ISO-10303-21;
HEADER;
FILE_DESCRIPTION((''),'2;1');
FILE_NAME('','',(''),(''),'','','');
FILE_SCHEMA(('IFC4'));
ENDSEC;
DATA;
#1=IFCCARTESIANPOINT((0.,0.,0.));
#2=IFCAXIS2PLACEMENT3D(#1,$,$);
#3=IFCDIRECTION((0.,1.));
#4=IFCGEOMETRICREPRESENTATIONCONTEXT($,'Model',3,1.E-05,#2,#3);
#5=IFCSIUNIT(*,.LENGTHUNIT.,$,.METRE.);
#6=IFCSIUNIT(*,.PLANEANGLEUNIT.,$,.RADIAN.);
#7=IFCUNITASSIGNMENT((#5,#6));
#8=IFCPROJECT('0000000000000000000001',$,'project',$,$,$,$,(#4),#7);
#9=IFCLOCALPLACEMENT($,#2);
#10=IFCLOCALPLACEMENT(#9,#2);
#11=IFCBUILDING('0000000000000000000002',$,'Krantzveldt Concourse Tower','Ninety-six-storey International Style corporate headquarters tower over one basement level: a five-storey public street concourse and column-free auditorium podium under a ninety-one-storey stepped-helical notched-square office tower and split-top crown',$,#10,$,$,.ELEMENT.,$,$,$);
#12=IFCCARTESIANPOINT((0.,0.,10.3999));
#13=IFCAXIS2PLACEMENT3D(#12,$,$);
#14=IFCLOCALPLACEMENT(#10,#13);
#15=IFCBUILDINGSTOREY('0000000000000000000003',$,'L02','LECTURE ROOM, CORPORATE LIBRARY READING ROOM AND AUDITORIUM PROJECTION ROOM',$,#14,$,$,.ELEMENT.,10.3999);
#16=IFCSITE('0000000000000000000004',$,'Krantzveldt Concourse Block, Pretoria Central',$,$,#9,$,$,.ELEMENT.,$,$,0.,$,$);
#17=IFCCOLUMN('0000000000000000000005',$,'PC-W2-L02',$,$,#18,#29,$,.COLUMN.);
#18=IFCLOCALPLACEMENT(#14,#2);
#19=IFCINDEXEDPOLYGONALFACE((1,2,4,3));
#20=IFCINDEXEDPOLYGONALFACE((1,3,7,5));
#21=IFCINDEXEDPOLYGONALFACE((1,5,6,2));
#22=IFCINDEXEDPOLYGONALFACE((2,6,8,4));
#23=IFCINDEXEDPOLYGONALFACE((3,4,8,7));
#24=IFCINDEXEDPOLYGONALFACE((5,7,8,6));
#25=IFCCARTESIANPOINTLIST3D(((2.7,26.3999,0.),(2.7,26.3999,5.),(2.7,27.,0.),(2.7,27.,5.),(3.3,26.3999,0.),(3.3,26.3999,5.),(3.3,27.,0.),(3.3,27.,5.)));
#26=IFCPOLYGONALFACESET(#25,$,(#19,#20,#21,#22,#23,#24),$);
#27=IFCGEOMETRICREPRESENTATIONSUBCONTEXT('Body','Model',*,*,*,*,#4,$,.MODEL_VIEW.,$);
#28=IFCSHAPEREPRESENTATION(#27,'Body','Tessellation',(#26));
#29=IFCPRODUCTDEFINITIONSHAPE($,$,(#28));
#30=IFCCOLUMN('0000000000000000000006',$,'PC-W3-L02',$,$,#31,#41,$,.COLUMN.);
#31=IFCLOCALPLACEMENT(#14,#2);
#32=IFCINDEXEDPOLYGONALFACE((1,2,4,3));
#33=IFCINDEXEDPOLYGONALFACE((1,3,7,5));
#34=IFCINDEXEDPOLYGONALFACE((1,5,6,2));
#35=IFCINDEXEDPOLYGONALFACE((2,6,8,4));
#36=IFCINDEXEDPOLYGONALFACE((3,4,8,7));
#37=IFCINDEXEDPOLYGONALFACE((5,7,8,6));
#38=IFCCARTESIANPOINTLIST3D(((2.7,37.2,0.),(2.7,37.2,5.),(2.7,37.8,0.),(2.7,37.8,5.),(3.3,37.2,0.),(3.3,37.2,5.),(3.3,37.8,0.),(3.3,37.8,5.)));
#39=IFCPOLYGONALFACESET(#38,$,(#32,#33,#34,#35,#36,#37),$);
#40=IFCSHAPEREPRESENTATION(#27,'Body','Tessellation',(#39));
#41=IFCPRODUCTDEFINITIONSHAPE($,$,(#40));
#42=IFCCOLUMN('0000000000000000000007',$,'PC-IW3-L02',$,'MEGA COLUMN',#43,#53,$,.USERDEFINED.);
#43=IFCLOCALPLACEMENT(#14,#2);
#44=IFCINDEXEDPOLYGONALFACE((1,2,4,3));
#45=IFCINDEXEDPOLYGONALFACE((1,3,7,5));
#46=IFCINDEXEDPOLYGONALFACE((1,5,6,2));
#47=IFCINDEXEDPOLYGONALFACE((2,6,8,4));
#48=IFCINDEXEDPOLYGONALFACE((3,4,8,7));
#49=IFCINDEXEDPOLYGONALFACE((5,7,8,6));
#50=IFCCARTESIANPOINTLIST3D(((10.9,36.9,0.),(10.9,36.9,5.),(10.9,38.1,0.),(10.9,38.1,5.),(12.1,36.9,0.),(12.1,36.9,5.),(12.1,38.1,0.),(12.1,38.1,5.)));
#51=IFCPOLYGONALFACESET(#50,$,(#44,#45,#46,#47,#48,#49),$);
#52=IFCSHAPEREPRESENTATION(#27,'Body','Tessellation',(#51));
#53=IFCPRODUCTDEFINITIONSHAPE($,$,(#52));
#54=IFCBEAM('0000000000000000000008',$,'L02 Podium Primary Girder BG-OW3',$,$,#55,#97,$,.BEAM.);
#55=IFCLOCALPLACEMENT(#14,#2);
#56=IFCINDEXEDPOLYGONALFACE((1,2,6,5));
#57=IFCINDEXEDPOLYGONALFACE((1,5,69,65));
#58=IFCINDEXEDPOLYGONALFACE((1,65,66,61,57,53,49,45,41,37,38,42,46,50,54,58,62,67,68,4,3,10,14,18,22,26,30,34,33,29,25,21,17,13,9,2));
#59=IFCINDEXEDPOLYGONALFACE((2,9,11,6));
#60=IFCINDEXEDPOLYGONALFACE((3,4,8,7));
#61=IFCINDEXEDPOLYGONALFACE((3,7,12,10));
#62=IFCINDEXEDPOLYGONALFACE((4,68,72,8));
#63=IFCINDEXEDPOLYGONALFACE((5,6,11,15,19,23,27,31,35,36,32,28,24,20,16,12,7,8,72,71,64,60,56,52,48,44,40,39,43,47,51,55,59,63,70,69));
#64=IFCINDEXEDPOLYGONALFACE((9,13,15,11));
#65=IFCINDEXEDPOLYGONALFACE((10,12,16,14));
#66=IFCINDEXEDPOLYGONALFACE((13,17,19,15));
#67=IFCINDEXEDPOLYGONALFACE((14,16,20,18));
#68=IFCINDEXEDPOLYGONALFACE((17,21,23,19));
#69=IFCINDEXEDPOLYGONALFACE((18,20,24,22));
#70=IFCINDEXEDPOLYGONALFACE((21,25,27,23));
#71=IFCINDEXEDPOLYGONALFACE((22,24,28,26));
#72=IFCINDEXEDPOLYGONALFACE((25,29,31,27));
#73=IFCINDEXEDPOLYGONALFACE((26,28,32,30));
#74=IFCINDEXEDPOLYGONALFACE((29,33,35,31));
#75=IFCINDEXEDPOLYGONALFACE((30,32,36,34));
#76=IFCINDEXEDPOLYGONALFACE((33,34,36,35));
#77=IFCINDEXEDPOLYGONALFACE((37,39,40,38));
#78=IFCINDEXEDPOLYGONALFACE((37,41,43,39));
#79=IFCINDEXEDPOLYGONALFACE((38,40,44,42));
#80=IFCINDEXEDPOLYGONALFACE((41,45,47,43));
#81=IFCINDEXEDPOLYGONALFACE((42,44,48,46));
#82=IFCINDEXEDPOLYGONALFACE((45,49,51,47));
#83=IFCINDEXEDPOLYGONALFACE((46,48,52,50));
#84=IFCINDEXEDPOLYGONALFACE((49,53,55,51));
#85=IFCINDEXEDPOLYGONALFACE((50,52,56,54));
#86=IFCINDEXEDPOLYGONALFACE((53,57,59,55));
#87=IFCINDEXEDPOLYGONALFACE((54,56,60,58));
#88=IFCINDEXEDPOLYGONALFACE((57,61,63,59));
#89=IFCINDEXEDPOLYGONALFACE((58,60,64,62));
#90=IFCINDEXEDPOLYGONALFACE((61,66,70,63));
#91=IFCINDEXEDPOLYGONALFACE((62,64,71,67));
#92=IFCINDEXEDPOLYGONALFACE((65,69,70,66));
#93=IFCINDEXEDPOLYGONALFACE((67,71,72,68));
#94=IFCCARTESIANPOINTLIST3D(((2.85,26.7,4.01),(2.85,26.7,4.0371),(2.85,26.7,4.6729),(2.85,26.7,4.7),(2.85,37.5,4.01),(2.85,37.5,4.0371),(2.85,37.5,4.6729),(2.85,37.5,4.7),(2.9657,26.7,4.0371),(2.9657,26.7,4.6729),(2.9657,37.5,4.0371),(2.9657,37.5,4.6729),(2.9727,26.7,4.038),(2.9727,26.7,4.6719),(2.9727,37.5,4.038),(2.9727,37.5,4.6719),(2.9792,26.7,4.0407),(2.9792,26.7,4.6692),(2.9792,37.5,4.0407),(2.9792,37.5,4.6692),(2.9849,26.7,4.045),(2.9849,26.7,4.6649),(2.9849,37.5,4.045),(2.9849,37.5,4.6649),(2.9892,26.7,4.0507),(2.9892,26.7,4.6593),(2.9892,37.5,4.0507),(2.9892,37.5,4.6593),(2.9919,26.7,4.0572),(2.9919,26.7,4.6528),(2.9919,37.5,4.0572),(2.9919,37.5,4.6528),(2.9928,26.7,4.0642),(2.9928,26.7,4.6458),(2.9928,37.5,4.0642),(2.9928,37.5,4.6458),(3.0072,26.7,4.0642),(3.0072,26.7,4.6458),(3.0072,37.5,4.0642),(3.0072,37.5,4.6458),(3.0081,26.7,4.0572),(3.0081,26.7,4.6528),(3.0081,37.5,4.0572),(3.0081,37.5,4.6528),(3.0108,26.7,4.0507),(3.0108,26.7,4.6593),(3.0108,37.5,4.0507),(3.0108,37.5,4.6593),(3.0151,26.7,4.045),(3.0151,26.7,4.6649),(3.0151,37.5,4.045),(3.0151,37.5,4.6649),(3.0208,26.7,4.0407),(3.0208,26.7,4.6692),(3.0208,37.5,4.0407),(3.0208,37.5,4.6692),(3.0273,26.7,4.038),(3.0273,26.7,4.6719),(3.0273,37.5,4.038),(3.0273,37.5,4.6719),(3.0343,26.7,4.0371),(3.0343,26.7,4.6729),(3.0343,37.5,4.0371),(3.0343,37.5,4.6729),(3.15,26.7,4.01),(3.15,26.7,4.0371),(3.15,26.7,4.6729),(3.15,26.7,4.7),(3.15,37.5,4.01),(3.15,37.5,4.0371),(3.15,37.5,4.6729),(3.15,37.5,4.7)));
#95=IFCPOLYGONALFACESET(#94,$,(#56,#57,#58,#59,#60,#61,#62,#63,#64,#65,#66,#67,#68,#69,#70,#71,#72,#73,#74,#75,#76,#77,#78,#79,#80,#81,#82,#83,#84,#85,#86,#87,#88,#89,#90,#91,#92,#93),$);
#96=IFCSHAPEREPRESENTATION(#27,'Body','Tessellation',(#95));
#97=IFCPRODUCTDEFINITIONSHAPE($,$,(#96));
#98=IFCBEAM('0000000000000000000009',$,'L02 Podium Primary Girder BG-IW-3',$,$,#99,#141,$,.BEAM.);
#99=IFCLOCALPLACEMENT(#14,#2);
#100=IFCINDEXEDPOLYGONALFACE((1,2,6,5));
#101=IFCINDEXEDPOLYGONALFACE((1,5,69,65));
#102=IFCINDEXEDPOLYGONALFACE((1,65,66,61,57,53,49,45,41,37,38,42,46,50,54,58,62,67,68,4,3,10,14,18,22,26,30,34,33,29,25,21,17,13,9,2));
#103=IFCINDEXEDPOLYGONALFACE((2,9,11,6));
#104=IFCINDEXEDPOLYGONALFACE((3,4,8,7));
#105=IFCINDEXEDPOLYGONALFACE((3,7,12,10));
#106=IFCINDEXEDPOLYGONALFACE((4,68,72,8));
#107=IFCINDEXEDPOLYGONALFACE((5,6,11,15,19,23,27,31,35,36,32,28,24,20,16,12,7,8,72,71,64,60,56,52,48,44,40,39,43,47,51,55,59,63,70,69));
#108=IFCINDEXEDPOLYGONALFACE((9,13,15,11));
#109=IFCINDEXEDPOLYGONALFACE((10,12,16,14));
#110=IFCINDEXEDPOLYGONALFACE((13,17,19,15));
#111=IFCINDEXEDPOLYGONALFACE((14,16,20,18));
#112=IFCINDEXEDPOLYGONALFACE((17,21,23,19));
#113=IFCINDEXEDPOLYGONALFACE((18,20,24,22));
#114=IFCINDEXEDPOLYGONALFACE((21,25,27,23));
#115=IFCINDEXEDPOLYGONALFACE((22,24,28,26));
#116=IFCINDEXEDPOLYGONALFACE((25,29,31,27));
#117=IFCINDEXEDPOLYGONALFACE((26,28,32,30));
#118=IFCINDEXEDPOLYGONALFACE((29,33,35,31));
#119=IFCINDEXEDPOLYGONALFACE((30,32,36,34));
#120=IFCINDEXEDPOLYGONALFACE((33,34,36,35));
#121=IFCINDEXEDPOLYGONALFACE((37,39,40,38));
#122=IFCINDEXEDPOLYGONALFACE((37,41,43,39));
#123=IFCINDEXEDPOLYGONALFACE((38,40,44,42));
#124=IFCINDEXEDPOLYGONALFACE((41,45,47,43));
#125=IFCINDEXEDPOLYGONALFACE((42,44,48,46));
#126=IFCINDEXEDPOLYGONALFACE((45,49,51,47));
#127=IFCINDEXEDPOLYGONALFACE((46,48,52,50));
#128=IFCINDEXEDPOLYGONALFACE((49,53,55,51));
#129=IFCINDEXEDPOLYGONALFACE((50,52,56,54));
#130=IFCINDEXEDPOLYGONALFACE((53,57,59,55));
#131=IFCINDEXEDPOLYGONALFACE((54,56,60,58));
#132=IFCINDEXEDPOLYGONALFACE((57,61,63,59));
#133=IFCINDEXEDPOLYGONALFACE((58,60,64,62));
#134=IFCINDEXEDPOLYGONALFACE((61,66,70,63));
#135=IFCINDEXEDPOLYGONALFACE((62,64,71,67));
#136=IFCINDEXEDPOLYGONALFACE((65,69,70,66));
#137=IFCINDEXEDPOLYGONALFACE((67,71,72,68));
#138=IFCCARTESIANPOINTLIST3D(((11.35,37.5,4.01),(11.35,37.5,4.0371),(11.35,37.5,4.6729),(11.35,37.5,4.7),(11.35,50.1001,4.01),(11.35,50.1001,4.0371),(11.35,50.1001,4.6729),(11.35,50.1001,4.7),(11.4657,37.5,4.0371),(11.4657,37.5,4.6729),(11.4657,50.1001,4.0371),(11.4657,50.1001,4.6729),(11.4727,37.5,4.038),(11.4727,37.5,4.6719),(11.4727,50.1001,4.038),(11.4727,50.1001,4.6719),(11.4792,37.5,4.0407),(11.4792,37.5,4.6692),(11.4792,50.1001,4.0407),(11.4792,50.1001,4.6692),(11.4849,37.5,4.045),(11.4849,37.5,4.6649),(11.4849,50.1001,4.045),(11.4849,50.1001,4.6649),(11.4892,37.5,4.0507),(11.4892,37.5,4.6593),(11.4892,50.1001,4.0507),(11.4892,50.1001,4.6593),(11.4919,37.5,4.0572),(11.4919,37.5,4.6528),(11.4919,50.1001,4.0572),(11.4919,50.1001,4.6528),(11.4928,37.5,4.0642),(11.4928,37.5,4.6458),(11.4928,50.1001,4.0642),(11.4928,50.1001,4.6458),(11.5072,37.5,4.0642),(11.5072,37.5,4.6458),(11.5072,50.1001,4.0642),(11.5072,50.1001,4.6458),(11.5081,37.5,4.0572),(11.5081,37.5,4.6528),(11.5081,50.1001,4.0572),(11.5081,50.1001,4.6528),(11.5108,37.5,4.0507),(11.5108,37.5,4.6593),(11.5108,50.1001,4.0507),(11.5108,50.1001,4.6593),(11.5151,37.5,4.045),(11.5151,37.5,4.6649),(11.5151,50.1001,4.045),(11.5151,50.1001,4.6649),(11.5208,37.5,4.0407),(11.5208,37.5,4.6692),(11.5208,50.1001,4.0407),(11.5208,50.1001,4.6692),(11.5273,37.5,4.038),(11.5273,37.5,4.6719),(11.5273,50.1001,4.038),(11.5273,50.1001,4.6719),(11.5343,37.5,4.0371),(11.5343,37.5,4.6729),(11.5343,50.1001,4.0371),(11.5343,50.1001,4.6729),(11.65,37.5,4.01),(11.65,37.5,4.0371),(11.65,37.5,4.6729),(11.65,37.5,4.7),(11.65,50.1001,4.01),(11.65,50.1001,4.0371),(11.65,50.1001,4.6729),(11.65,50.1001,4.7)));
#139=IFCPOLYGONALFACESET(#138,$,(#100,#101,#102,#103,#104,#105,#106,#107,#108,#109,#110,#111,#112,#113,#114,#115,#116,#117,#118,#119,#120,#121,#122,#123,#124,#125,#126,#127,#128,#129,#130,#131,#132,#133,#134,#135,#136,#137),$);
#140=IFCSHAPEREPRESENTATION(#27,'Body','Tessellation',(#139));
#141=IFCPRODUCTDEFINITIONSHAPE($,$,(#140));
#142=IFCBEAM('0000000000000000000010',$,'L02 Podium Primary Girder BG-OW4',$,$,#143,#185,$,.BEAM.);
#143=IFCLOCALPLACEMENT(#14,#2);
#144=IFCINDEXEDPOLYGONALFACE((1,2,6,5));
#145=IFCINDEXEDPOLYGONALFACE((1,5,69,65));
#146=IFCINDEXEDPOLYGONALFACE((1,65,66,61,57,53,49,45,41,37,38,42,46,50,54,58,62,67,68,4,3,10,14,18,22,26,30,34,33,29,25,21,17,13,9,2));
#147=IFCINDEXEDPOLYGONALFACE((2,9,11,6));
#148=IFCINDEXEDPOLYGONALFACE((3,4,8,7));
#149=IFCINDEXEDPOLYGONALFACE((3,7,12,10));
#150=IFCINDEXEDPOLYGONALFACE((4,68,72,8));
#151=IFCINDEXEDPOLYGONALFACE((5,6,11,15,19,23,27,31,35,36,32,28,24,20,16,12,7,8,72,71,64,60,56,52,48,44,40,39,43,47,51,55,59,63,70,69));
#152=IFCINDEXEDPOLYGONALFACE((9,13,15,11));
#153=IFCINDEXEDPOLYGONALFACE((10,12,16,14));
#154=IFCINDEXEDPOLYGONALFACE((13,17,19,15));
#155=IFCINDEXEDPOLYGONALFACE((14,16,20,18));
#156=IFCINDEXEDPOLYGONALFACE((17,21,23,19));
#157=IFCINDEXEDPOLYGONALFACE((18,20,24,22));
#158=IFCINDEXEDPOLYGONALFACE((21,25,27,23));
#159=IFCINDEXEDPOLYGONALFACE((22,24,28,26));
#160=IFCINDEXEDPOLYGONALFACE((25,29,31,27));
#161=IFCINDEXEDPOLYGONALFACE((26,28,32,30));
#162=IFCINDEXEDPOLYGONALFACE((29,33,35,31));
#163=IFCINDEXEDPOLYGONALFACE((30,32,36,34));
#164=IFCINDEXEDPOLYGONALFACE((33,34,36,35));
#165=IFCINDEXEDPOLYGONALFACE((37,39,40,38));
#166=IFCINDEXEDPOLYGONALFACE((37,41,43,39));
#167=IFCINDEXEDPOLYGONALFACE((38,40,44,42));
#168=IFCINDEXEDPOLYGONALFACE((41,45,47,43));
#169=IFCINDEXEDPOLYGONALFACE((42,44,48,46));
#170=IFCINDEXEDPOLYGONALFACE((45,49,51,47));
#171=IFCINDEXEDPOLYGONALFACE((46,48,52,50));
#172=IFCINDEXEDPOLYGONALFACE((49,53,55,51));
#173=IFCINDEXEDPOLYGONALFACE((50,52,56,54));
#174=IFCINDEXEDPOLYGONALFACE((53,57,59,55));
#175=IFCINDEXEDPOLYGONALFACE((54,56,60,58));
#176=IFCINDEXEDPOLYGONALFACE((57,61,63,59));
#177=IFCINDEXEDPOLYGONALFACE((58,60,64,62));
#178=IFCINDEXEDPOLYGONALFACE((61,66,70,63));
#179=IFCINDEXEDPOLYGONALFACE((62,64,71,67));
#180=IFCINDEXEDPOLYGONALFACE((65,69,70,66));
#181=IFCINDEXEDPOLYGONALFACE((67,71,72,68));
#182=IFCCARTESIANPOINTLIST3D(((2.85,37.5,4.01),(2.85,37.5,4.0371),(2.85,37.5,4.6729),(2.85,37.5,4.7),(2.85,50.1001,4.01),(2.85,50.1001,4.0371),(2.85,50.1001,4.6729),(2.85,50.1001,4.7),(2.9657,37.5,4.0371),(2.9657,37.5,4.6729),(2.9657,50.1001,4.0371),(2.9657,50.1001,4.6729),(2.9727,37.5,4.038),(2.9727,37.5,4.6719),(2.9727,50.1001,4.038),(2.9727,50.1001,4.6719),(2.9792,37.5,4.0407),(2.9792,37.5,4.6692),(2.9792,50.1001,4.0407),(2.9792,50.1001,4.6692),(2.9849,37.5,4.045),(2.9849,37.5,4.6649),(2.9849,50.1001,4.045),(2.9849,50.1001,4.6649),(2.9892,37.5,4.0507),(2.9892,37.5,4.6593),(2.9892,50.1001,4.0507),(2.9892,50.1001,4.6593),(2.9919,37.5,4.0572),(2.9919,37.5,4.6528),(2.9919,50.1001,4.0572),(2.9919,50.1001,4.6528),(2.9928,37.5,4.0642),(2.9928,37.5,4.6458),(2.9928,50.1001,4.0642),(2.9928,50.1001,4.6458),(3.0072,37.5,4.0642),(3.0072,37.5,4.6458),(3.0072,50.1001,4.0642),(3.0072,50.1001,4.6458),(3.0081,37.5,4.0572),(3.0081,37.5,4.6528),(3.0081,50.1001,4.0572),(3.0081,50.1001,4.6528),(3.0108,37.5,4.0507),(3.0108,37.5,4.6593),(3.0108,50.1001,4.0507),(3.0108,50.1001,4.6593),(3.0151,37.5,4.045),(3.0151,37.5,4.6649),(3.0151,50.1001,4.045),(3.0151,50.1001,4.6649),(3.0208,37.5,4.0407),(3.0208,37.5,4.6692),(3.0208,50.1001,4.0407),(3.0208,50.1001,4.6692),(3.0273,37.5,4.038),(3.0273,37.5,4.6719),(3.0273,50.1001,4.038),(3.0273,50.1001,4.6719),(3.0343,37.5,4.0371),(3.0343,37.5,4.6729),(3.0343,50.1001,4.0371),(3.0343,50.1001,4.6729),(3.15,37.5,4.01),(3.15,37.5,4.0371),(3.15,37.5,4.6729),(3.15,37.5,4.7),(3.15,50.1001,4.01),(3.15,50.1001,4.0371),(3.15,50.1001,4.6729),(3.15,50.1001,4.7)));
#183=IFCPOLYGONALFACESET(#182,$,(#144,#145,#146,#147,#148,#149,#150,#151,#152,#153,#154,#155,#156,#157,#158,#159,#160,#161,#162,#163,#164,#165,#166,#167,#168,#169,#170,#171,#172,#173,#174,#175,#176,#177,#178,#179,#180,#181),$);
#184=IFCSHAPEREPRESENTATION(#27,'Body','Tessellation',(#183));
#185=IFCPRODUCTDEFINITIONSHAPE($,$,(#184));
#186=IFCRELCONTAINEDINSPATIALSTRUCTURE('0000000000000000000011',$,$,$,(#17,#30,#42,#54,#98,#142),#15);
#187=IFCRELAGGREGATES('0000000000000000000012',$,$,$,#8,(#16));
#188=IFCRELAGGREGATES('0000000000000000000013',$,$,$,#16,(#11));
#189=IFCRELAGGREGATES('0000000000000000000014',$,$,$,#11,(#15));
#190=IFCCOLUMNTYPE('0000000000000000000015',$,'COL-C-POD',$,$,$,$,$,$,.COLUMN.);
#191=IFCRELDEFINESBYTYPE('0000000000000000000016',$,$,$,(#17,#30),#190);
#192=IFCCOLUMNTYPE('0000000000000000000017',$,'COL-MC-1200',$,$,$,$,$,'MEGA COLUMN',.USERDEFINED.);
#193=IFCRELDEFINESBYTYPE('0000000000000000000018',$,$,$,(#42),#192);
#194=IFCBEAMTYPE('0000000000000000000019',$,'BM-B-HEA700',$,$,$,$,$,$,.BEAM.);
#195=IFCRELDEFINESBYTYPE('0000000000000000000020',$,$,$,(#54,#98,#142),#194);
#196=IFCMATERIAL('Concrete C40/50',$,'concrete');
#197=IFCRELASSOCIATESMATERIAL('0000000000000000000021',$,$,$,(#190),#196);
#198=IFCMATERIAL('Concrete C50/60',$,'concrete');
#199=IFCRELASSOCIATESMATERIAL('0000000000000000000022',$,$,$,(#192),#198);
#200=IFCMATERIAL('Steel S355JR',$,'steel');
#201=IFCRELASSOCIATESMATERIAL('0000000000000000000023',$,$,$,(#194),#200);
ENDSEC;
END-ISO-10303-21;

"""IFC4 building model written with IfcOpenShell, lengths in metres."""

from ifc_helpers import new_model, si_unit, direction, frame, origin, origin_2d, place, context, subcontext, project, spatial, rectangle, i_section, extrude, source, transform, mapped, material, material_profile, profile_set, type_object, type_shapes, element, save


model = new_model("IFC4")

# Units and contexts
model_context = context("Model", 3, precision=1e-05, world=origin(), true_north=direction((0.0, 1.0)))
body_context = subcontext(model_context, "Body", "Model", "MODEL_VIEW")
ifc_project = project(units=[si_unit("LENGTHUNIT", "METRE"), si_unit("PLANEANGLEUNIT", "RADIAN")], contexts=[model_context])

# Site, building, storey
site_placement = place(None, origin())
site = spatial("IfcSite", under=ifc_project, at=site_placement, Name="Krantzveldt Concourse Block, Pretoria Central", CompositionType="ELEMENT", RefElevation=0.0)
building_placement = place(site_placement, origin())
building = spatial("IfcBuilding", under=site, at=building_placement, Name="Krantzveldt Concourse Tower", Description="Ninety-six-storey International Style corporate headquarters tower over one basement level: a five-storey public street concourse and column-free auditorium podium under a ninety-one-storey stepped-helical notched-square office tower and split-top crown", CompositionType="ELEMENT")
storey_placement = place(building_placement, frame((0.0, 0.0, 10.3999)))
storey = spatial("IfcBuildingStorey", under=building, at=storey_placement, Name="L02", Description="LECTURE ROOM, CORPORATE LIBRARY READING ROOM AND AUDITORIUM PROJECTION ROOM", CompositionType="ELEMENT", Elevation=10.3999)

# Columns
ifc_material_1 = material(Name="Concrete C40/50", Category="concrete")
ifc_material_profile_1 = material_profile(ifc_material_1, rectangle(XDim=0.6001, YDim=0.6001, at=origin_2d()), Name="Concrete C40/50", Category="concrete")
ifc_profile_set_1 = profile_set([ifc_material_profile_1], Name="Concrete C40/50 - RC 600x600")
column_type_1 = type_object("IfcColumnType", Name="COL-C-POD", PredefinedType="COLUMN", material=ifc_profile_set_1)
shared_shape_1 = source(origin(), body_context, "Body", "SweptSolid", [
    extrude(rectangle(XDim=0.6001, YDim=0.6001, at=origin_2d()), origin(), (0.0, 0.0, 1.0), 5.0),
])
type_shapes(column_type_1, [shared_shape_1])
for number, where, z_axis, x_axis, name in (
    (1, (3.0, 26.7, 0.0), (0.0, 0.0, 1.0), (1.0, 0.0, 0.0), "PC-W2-L02"),
    (2, (3.0, 37.5, 0.0), (0.0, 0.0, 1.0), (1.0, 0.0, 0.0), "PC-W3-L02"),
):
    element("IfcColumn", number, at=place(storey_placement, frame(where, z_axis=z_axis, x_axis=x_axis)), inside=storey, type_object=column_type_1, Name=name, PredefinedType="COLUMN", context=body_context, shape_type="MappedRepresentation", body=[
        mapped(shared_shape_1, transform((0.0, 0.0, 0.0), x_axis=(1.0, 0.0, 0.0), y_axis=(0.0, 1.0, 0.0), z_axis=(0.0, 0.0, 1.0), scale=1.0)),
    ])
ifc_material_2 = material(Name="Concrete C50/60", Category="concrete")
ifc_material_profile_2 = material_profile(ifc_material_2, rectangle(XDim=1.2, YDim=1.2, at=origin_2d()), Name="Concrete C50/60", Category="concrete")
ifc_profile_set_2 = profile_set([ifc_material_profile_2], Name="Concrete C50/60 - RC 1200x1200")
column_type_2 = type_object("IfcColumnType", Name="COL-MC-1200", ElementType="MEGA COLUMN", PredefinedType="USERDEFINED", material=ifc_profile_set_2)
shared_shape_2 = source(origin(), body_context, "Body", "SweptSolid", [
    extrude(rectangle(XDim=1.2, YDim=1.2, at=origin_2d()), origin(), (0.0, 0.0, 1.0), 5.0),
])
type_shapes(column_type_2, [shared_shape_2])
column_placement = place(storey_placement, frame((11.5, 37.5, 0.0), z_axis=(0.0, 0.0, 1.0), x_axis=(1.0, 0.0, 0.0)))
element("IfcColumn", 3, at=column_placement, inside=storey, type_object=column_type_2, Name="PC-IW3-L02", ObjectType="MEGA COLUMN", PredefinedType="USERDEFINED", context=body_context, shape_type="MappedRepresentation", body=[
    mapped(shared_shape_2, transform((0.0, 0.0, 0.0), x_axis=(1.0, 0.0, 0.0), y_axis=(0.0, 1.0, 0.0), z_axis=(0.0, 0.0, 1.0), scale=1.0)),
])

# Beams
ifc_material_3 = material(Name="Steel S355JR", Category="steel")
ifc_material_profile_3 = material_profile(ifc_material_3, i_section(OverallWidth=0.3, OverallDepth=0.6899, WebThickness=0.0144, FlangeThickness=0.0271, FilletRadius=0.0271, at=origin_2d()), Name="Steel S355JR", Category="steel")
ifc_profile_set_3 = profile_set([ifc_material_profile_3], Name="Steel S355JR - HEA 700")
beam_type_1 = type_object("IfcBeamType", Name="BM-B-HEA700", PredefinedType="BEAM", material=ifc_profile_set_3)
shared_shape_3 = source(origin(), body_context, "Body", "SweptSolid", [
    extrude(i_section(OverallWidth=0.3, OverallDepth=0.6899, WebThickness=0.0144, FlangeThickness=0.0271, FilletRadius=0.0271, at=origin_2d()), origin(), (0.0, 0.0, 1.0), 10.8),
])
beam_1_placement = place(storey_placement, frame((3.0, 26.7, 4.355), z_axis=(0.0, 1.0, 0.0), x_axis=(-1.0, 0.0, 0.0)))
element("IfcBeam", 4, at=beam_1_placement, inside=storey, type_object=beam_type_1, Name="L02 Podium Primary Girder BG-OW3", PredefinedType="BEAM", context=body_context, shape_type="MappedRepresentation", body=[
    mapped(shared_shape_3, transform((0.0, 0.0, 0.0), x_axis=(1.0, 0.0, 0.0), y_axis=(0.0, 1.0, 0.0), z_axis=(0.0, 0.0, 1.0), scale=1.0)),
])
shared_shape_4 = source(origin(), body_context, "Body", "SweptSolid", [
    extrude(i_section(OverallWidth=0.3, OverallDepth=0.6899, WebThickness=0.0144, FlangeThickness=0.0271, FilletRadius=0.0271, at=origin_2d()), origin(), (0.0, 0.0, 1.0), 12.6001),
])
type_shapes(beam_type_1, [shared_shape_3, shared_shape_4])
for number, where, z_axis, x_axis, name in (
    (5, (11.5, 37.5, 4.355), (0.0, 1.0, 0.0), (-1.0, 0.0, 0.0), "L02 Podium Primary Girder BG-IW-3"),
    (6, (3.0, 37.5, 4.355), (0.0, 1.0, 0.0), (-1.0, 0.0, 0.0), "L02 Podium Primary Girder BG-OW4"),
):
    element("IfcBeam", number, at=place(storey_placement, frame(where, z_axis=z_axis, x_axis=x_axis)), inside=storey, type_object=beam_type_1, Name=name, PredefinedType="BEAM", context=body_context, shape_type="MappedRepresentation", body=[
        mapped(shared_shape_4, transform((0.0, 0.0, 0.0), x_axis=(1.0, 0.0, 0.0), y_axis=(0.0, 1.0, 0.0), z_axis=(0.0, 0.0, 1.0), scale=1.0)),
    ])

save(model, "model.ifc")
